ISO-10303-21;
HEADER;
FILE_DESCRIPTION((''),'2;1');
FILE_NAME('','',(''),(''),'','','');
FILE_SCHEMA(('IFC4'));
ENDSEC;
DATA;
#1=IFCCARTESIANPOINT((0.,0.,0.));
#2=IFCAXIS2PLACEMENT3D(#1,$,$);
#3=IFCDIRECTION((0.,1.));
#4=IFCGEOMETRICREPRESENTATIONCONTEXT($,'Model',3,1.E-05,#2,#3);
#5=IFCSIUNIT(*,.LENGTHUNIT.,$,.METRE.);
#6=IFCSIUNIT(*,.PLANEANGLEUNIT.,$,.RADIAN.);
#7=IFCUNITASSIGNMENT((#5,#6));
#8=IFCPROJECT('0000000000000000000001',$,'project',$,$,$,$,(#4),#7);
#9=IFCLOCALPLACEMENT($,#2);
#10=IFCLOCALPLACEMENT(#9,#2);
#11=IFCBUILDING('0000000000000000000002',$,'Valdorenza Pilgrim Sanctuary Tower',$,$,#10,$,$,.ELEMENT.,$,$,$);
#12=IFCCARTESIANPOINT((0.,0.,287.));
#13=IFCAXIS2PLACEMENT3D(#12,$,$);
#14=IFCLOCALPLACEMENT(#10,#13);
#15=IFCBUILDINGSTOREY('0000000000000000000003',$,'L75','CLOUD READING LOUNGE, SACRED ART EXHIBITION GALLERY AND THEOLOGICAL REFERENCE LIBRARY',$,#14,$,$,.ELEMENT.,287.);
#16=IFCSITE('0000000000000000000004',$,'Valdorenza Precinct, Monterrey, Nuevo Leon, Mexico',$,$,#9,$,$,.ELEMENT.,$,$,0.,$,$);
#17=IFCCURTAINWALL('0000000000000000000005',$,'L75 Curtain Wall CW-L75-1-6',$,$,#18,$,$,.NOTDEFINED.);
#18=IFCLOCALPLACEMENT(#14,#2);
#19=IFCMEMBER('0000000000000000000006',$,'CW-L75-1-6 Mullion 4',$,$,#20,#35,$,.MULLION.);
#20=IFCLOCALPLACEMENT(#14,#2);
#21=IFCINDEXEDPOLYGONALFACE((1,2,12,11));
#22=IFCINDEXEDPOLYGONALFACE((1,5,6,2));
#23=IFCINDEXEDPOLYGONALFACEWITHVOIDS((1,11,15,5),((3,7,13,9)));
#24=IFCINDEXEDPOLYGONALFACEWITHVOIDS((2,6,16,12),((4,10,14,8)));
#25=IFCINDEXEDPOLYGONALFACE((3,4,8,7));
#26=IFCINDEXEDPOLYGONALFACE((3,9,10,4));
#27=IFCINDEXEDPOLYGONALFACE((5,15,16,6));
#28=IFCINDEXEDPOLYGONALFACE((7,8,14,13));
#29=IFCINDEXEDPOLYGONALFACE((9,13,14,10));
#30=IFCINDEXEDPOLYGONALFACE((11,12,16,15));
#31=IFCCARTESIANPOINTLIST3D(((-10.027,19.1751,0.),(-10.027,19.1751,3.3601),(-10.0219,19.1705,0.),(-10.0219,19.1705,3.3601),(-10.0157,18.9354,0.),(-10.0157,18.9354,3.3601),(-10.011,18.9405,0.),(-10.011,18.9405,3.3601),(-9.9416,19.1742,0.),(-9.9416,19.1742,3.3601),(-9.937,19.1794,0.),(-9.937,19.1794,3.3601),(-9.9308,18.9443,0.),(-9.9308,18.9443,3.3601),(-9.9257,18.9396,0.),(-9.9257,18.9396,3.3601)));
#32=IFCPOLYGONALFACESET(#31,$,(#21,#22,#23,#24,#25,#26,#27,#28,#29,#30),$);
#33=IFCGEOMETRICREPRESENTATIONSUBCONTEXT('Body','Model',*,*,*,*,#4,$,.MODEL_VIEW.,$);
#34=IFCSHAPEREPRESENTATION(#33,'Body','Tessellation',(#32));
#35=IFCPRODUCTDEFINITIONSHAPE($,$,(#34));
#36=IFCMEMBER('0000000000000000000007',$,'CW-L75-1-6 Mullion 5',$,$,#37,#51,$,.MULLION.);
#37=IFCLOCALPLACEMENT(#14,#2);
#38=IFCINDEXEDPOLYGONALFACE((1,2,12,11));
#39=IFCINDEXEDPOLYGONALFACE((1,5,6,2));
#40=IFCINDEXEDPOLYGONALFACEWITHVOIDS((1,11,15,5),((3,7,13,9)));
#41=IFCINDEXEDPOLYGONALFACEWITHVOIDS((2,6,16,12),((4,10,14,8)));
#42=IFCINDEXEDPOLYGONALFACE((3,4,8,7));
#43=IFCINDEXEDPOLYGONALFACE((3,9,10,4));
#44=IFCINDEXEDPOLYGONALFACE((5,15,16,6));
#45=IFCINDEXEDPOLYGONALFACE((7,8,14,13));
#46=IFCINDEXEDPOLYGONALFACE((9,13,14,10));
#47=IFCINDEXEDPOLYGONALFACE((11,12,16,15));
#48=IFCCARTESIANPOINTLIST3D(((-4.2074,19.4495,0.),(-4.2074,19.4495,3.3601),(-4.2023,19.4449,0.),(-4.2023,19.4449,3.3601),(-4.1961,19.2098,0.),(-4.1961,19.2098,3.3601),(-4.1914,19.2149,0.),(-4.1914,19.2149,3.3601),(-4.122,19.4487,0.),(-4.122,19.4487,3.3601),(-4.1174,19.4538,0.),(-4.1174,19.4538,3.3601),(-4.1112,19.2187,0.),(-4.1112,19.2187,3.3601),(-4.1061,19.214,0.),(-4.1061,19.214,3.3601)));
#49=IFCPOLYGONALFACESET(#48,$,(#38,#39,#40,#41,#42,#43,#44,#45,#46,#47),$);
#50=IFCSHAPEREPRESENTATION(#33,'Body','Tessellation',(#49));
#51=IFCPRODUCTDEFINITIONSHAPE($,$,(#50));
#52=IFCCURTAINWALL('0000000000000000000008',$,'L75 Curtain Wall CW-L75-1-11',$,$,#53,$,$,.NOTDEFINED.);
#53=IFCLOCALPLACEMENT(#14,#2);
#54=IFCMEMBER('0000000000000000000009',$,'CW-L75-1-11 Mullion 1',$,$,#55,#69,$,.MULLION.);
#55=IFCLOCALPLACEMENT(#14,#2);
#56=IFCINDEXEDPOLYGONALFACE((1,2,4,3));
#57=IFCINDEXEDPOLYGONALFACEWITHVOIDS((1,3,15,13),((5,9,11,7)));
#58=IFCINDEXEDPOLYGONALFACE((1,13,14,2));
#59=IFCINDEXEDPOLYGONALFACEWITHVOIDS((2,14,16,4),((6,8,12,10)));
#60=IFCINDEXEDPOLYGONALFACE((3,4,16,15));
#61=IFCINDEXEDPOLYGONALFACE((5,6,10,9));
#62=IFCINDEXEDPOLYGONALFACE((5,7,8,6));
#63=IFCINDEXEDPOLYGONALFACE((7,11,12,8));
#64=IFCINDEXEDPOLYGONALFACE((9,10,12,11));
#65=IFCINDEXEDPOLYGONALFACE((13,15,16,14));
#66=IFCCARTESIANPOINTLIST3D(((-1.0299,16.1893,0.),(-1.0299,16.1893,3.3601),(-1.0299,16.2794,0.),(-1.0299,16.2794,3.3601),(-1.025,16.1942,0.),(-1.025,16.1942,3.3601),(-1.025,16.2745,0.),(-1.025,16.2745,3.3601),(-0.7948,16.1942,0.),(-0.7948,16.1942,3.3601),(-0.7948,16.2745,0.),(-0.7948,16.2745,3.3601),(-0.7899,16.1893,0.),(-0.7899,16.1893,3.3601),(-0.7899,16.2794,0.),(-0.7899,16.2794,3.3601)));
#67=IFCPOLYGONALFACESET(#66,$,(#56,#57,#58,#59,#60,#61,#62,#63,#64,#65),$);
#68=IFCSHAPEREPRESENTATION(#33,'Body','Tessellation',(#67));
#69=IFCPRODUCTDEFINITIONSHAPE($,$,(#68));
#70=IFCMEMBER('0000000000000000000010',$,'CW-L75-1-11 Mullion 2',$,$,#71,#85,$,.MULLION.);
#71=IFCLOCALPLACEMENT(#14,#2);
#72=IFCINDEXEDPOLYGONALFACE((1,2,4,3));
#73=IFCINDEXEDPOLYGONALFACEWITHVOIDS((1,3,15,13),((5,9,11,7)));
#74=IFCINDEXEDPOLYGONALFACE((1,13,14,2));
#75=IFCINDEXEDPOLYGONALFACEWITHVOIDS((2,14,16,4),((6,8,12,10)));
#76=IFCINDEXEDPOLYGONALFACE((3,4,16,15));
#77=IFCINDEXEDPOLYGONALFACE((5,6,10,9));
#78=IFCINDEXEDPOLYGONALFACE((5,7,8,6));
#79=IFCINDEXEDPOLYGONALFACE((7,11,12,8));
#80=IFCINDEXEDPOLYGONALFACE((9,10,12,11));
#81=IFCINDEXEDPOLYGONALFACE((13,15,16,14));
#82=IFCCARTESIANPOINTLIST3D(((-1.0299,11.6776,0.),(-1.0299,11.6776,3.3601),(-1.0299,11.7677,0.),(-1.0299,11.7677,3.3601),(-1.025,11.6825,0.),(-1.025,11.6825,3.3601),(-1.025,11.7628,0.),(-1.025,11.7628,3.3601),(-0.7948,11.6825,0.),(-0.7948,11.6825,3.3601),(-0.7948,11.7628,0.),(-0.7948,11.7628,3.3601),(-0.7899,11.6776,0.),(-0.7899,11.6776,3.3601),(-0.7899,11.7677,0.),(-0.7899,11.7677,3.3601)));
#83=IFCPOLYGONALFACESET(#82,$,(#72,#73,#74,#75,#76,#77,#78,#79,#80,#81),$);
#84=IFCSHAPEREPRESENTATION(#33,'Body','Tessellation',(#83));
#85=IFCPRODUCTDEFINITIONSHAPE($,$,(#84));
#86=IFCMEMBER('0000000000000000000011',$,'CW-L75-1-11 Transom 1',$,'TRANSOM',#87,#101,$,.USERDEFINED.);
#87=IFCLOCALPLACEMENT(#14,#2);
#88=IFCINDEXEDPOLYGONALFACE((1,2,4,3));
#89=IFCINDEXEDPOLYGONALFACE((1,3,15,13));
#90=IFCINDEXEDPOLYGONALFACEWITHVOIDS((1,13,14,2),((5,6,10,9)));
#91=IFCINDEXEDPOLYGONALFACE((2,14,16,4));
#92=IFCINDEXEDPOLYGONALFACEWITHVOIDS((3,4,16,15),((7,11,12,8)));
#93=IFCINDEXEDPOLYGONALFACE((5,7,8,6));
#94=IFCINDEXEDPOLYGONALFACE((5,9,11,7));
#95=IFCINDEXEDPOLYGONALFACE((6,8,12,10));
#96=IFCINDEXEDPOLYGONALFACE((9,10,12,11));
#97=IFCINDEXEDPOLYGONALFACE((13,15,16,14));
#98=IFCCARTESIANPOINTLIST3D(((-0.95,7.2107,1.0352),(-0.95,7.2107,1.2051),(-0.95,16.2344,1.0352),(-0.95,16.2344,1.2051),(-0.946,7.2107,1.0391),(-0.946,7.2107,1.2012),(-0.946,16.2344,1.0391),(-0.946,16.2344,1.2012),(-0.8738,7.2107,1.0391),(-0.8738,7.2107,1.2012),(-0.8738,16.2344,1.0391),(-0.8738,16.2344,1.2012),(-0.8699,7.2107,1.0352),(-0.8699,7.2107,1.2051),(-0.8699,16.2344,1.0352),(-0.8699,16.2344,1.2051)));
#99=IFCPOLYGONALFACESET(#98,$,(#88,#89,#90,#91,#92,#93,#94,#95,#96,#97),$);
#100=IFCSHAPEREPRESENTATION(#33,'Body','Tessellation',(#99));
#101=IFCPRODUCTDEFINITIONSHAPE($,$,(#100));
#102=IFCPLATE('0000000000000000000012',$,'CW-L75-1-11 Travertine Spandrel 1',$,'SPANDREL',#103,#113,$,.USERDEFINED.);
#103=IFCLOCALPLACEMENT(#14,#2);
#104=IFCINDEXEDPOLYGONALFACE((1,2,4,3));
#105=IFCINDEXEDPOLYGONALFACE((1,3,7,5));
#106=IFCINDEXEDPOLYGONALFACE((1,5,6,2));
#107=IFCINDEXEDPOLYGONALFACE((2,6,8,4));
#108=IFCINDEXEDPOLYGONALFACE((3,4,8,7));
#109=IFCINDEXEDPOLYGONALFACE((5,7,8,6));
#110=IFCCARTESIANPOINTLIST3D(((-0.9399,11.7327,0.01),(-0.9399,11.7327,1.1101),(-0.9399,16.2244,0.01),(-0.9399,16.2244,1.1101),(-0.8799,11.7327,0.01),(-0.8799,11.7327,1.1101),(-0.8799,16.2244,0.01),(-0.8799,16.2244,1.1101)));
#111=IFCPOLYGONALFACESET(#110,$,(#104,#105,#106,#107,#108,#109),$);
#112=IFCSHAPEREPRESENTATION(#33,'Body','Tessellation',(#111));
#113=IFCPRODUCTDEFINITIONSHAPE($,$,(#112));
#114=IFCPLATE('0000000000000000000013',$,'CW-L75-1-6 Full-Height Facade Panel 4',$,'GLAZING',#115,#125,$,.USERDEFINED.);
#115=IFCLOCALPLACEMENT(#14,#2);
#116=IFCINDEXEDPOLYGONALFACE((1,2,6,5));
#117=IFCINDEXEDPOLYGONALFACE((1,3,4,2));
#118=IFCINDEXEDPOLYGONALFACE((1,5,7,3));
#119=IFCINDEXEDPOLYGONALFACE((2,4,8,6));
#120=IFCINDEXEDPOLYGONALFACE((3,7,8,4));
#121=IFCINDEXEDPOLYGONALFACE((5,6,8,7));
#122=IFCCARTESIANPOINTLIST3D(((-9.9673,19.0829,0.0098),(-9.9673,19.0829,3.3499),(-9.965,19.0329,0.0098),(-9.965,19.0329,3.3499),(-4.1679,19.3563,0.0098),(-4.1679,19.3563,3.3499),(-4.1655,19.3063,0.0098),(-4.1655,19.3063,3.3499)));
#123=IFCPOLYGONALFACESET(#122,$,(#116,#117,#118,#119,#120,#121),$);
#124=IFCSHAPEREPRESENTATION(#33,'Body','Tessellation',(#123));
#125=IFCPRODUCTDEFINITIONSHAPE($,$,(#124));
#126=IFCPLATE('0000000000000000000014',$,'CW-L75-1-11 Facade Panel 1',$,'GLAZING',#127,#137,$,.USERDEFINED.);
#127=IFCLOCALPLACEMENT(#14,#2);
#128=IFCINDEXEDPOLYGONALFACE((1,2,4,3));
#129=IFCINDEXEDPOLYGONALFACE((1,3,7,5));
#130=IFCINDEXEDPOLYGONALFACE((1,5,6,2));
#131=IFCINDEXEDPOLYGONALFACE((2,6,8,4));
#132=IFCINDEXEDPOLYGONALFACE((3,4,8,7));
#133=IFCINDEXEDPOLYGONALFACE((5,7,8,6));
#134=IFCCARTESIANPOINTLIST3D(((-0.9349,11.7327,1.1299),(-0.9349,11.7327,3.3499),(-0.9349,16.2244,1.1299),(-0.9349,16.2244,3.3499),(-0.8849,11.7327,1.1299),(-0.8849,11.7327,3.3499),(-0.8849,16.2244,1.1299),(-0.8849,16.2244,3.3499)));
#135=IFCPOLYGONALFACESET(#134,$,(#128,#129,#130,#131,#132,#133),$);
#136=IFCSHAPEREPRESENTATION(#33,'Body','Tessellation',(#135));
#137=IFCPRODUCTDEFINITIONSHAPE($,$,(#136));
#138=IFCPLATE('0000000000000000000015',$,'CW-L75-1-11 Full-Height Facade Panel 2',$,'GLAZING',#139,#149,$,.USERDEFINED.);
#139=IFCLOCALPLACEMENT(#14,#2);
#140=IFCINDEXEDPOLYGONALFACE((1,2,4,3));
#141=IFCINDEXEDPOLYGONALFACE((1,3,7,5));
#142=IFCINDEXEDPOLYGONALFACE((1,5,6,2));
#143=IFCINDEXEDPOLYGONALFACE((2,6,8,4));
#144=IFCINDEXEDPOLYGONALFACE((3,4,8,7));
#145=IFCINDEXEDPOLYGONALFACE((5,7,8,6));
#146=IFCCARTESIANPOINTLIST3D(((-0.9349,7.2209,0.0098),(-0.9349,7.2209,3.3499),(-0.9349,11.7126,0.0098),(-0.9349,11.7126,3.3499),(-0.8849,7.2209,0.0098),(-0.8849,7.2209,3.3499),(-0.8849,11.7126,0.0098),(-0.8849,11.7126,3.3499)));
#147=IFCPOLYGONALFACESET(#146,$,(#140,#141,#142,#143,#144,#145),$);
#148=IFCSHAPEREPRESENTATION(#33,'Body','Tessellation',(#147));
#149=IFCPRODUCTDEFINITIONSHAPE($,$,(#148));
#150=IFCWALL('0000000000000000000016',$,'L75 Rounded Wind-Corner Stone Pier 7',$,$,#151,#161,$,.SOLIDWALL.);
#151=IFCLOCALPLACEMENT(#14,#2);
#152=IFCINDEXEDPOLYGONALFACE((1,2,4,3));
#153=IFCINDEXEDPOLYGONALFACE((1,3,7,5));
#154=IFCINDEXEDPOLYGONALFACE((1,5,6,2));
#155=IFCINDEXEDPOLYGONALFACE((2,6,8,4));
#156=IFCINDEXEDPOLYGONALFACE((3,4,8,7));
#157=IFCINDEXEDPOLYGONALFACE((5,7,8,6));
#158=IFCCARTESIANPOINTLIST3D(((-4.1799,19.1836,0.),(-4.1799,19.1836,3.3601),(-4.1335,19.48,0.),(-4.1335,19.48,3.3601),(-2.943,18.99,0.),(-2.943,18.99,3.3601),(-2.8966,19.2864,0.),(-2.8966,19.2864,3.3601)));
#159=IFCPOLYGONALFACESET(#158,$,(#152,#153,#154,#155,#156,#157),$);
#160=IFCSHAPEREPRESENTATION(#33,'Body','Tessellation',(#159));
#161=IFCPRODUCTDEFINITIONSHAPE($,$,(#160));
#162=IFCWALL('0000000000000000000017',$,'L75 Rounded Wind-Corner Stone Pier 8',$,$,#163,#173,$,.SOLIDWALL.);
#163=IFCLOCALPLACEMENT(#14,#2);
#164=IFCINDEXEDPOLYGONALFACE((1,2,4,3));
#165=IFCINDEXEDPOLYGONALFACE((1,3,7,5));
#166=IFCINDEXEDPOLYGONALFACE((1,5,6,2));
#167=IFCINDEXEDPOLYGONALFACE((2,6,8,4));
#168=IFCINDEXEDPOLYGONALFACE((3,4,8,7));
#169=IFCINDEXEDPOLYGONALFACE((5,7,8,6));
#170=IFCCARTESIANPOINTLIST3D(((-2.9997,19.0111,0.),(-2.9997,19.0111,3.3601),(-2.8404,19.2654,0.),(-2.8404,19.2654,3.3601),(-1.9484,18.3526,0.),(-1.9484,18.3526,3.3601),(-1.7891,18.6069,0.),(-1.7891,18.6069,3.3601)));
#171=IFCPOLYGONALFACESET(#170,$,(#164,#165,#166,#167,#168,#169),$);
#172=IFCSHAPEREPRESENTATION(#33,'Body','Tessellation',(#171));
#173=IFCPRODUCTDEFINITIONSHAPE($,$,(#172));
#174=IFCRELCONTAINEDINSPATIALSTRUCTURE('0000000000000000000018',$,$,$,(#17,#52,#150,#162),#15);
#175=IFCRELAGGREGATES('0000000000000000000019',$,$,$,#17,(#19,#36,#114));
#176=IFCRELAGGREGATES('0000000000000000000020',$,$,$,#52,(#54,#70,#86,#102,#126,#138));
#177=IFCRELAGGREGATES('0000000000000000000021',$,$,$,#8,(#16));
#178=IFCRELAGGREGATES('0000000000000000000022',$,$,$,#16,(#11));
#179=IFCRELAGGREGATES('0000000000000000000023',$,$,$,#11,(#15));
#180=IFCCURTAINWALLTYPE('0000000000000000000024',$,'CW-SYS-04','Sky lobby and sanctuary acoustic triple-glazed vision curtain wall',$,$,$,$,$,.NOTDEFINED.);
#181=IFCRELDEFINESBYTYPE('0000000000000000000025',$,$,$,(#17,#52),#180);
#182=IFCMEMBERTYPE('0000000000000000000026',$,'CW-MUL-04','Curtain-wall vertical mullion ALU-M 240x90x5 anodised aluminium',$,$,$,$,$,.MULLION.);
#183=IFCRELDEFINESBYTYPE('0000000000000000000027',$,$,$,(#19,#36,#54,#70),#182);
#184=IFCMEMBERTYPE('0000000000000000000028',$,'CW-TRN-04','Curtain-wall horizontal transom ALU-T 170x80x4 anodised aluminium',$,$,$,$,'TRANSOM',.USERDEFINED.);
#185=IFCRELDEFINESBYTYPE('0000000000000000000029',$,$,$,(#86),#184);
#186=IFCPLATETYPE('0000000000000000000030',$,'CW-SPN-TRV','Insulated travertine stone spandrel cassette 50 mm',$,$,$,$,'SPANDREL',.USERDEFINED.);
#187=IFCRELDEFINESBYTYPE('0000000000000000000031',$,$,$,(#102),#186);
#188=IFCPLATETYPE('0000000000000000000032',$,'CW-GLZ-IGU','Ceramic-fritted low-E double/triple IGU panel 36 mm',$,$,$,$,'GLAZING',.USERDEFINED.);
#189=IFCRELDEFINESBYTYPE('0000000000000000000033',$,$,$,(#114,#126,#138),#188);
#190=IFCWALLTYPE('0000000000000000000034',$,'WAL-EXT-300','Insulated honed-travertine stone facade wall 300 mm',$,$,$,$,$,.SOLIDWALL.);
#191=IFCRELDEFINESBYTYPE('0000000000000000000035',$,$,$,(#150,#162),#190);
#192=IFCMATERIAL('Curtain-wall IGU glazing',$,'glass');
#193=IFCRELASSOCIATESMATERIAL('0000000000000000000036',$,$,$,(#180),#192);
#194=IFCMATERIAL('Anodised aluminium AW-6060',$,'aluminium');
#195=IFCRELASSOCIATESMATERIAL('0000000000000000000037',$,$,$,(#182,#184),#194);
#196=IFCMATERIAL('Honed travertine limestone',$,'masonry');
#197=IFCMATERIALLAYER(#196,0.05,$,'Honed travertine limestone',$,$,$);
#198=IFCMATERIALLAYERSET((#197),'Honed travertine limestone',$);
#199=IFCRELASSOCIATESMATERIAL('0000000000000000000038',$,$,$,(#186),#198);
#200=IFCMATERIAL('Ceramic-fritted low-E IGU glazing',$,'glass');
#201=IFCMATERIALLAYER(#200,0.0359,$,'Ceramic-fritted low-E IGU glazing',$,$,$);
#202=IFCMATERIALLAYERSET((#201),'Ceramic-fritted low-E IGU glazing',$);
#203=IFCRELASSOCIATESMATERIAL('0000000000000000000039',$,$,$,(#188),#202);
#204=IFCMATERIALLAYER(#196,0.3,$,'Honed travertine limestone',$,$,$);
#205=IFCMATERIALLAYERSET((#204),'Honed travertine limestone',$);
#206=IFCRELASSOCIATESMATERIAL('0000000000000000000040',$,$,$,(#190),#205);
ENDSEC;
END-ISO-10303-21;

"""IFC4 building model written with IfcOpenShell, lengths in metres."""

from ifc_helpers import new_model, si_unit, direction, frame, frame_2d, origin, origin_2d, place, context, subcontext, project, spatial, rectangle, hollow_rectangle, extrude, source, transform, mapped, material, layer, layer_set, material_profile, profile_set, type_object, element, aggregate, save


model = new_model("IFC4")

# Units and contexts
model_context = context("Model", 3, precision=1e-05, world=origin(), true_north=direction((0.0, 1.0)))
body_context = subcontext(model_context, "Body", "Model", "MODEL_VIEW")
ifc_project = project(units=[si_unit("LENGTHUNIT", "METRE"), si_unit("PLANEANGLEUNIT", "RADIAN")], contexts=[model_context])

# Site, building, storey
site_placement = place(None, origin())
site = spatial("IfcSite", under=ifc_project, at=site_placement, Name="Valdorenza Precinct, Monterrey, Nuevo Leon, Mexico", CompositionType="ELEMENT", RefElevation=0.0)
building_placement = place(site_placement, origin())
building = spatial("IfcBuilding", under=site, at=building_placement, Name="Valdorenza Pilgrim Sanctuary Tower", CompositionType="ELEMENT")
storey_placement = place(building_placement, frame((0.0, 0.0, 287.0)))
storey = spatial("IfcBuildingStorey", under=building, at=storey_placement, Name="L75", Description="CLOUD READING LOUNGE, SACRED ART EXHIBITION GALLERY AND THEOLOGICAL REFERENCE LIBRARY", CompositionType="ELEMENT", Elevation=287.0)

# Curtain wall, members
ifc_material_1 = material(Name="Curtain-wall IGU glazing", Category="glass")
curtain_wall_type = type_object("IfcCurtainWallType", Name="CW-SYS-04", Description="Sky lobby and sanctuary acoustic triple-glazed vision curtain wall", PredefinedType="NOTDEFINED", material=ifc_material_1)
curtain_wall_1_placement = place(storey_placement, origin())
curtain_wall_1 = element("IfcCurtainWall", 1, at=curtain_wall_1_placement, inside=storey, type_object=curtain_wall_type, Name="L75 Curtain Wall CW-L75-1-6", PredefinedType="NOTDEFINED")
ifc_material_2 = material(Name="Anodised aluminium AW-6060", Category="aluminium")
ifc_material_profile_1 = material_profile(ifc_material_2, hollow_rectangle(XDim=0.0901, YDim=0.24, WallThickness=0.0049, at=origin_2d()), Name="ALU-M 240x90x5")
ifc_profile_set_1 = profile_set([ifc_material_profile_1], Name="Anodised aluminium AW-6060")
member_type_1 = type_object("IfcMemberType", Name="CW-MUL-04", Description="Curtain-wall vertical mullion ALU-M 240x90x5 anodised aluminium", PredefinedType="MULLION", material=ifc_profile_set_1)
shared_shape_1 = source(origin(), body_context, "Body", "SweptSolid", [
    extrude(hollow_rectangle(XDim=0.0901, YDim=0.24, WallThickness=0.0049, at=origin_2d()), origin(), (0.0, 0.0, 1.0), 3.3601),
])
member_1_placement = place(storey_placement, frame((-9.9763, 19.0574, 0.0), z_axis=(0.0, 0.0, 1.0), x_axis=(0.998891, 0.047089, 0.0)))
member_1 = element("IfcMember", 2, at=member_1_placement, type_object=member_type_1, Name="CW-L75-1-6 Mullion 4", PredefinedType="MULLION", context=body_context, shape_type="MappedRepresentation", body=[
    mapped(shared_shape_1, transform((0.0, 0.0, 0.0), x_axis=(1.0, 0.0, 0.0), y_axis=(0.0, 1.0, 0.0), z_axis=(0.0, 0.0, 1.0), scale=1.0)),
])
member_2_placement = place(storey_placement, frame((-4.1567, 19.3318, 0.0), z_axis=(0.0, 0.0, 1.0), x_axis=(0.998891, 0.047089, 0.0)))
member_2 = element("IfcMember", 3, at=member_2_placement, type_object=member_type_1, Name="CW-L75-1-6 Mullion 5", PredefinedType="MULLION", context=body_context, shape_type="MappedRepresentation", body=[
    mapped(shared_shape_1, transform((0.0, 0.0, 0.0), x_axis=(1.0, 0.0, 0.0), y_axis=(0.0, 1.0, 0.0), z_axis=(0.0, 0.0, 1.0), scale=1.0)),
])

# Curtain wall, members, plate
curtain_wall_2_placement = place(storey_placement, origin())
curtain_wall_2 = element("IfcCurtainWall", 4, at=curtain_wall_2_placement, inside=storey, type_object=curtain_wall_type, Name="L75 Curtain Wall CW-L75-1-11", PredefinedType="NOTDEFINED")
member_3_placement = place(storey_placement, frame((-0.9099, 16.2344, 0.0), z_axis=(0.0, 0.0, 1.0), x_axis=(0.0, -1.0, 0.0)))
member_3 = element("IfcMember", 5, at=member_3_placement, type_object=member_type_1, Name="CW-L75-1-11 Mullion 1", PredefinedType="MULLION", context=body_context, shape_type="MappedRepresentation", body=[
    mapped(shared_shape_1, transform((0.0, 0.0, 0.0), x_axis=(1.0, 0.0, 0.0), y_axis=(0.0, 1.0, 0.0), z_axis=(0.0, 0.0, 1.0), scale=1.0)),
])
member_4_placement = place(storey_placement, frame((-0.9099, 11.7227, 0.0), z_axis=(0.0, 0.0, 1.0), x_axis=(0.0, -1.0, 0.0)))
member_4 = element("IfcMember", 6, at=member_4_placement, type_object=member_type_1, Name="CW-L75-1-11 Mullion 2", PredefinedType="MULLION", context=body_context, shape_type="MappedRepresentation", body=[
    mapped(shared_shape_1, transform((0.0, 0.0, 0.0), x_axis=(1.0, 0.0, 0.0), y_axis=(0.0, 1.0, 0.0), z_axis=(0.0, 0.0, 1.0), scale=1.0)),
])
ifc_material_profile_2 = material_profile(ifc_material_2, hollow_rectangle(XDim=0.0801, YDim=0.1699, WallThickness=0.0039, at=origin_2d()), Name="ALU-T 170x80x4")
ifc_profile_set_2 = profile_set([ifc_material_profile_2], Name="Anodised aluminium AW-6060")
member_type_2 = type_object("IfcMemberType", Name="CW-TRN-04", Description="Curtain-wall horizontal transom ALU-T 170x80x4 anodised aluminium", ElementType="TRANSOM", PredefinedType="USERDEFINED", material=ifc_profile_set_2)
shared_shape_2 = source(origin(), body_context, "Body", "SweptSolid", [
    extrude(hollow_rectangle(XDim=0.0801, YDim=0.1699, WallThickness=0.0039, at=origin_2d()), origin(), (0.0, 0.0, 1.0), 9.0237),
])
member_5_placement = place(storey_placement, frame((-0.9099, 16.2344, 1.1201), z_axis=(0.0, -1.0, 0.0), x_axis=(1.0, 0.0, 0.0)))
member_5 = element("IfcMember", 7, at=member_5_placement, type_object=member_type_2, Name="CW-L75-1-11 Transom 1", ObjectType="TRANSOM", PredefinedType="USERDEFINED", context=body_context, shape_type="MappedRepresentation", body=[
    mapped(shared_shape_2, transform((0.0, 0.0, 0.0), x_axis=(1.0, 0.0, 0.0), y_axis=(0.0, 1.0, 0.0), z_axis=(0.0, 0.0, 1.0), scale=1.0)),
])
ifc_material_3 = material(Name="Honed travertine limestone", Category="masonry")
ifc_layer_1 = layer(ifc_material_3, 0.05, Name="Honed travertine limestone")
ifc_layer_set_1 = layer_set([ifc_layer_1], Name="Honed travertine limestone")
plate_type_1 = type_object("IfcPlateType", Name="CW-SPN-TRV", Description="Insulated travertine stone spandrel cassette 50 mm", ElementType="SPANDREL", PredefinedType="USERDEFINED", material=ifc_layer_set_1)
shared_shape_3 = source(origin(), body_context, "Body", "SweptSolid", [
    extrude(rectangle(XDim=4.4917, YDim=0.0601, at=origin_2d()), origin(), (0.0, 0.0, 1.0), 1.1001),
])
plate_1_placement = place(storey_placement, frame((-0.9099, 13.9785, 0.01), z_axis=(0.0, 0.0, 1.0), x_axis=(0.0, -1.0, 0.0)))
plate_1 = element("IfcPlate", 8, at=plate_1_placement, type_object=plate_type_1, Name="CW-L75-1-11 Travertine Spandrel 1", ObjectType="SPANDREL", PredefinedType="USERDEFINED", context=body_context, shape_type="MappedRepresentation", body=[
    mapped(shared_shape_3, transform((0.0, 0.0, 0.0), x_axis=(1.0, 0.0, 0.0), y_axis=(0.0, 1.0, 0.0), z_axis=(0.0, 0.0, 1.0), scale=1.0)),
])

# Plates
ifc_material_4 = material(Name="Ceramic-fritted low-E IGU glazing", Category="glass")
ifc_layer_2 = layer(ifc_material_4, 0.0359, Name="Ceramic-fritted low-E IGU glazing")
ifc_layer_set_2 = layer_set([ifc_layer_2], Name="Ceramic-fritted low-E IGU glazing")
plate_type_2 = type_object("IfcPlateType", Name="CW-GLZ-IGU", Description="Ceramic-fritted low-E double/triple IGU panel 36 mm", ElementType="GLAZING", PredefinedType="USERDEFINED", material=ifc_layer_set_2)
shared_shape_4 = source(origin(), body_context, "Body", "SweptSolid", [
    extrude(rectangle(XDim=5.8059, YDim=0.05, at=origin_2d()), origin(), (0.0, 0.0, 1.0), 3.3401),
])
plate_2_placement = place(storey_placement, frame((-7.0664, 19.1946, 0.0098), z_axis=(0.0, 0.0, 1.0), x_axis=(0.998891, 0.047089, 0.0)))
plate_2 = element("IfcPlate", 9, at=plate_2_placement, type_object=plate_type_2, Name="CW-L75-1-6 Full-Height Facade Panel 4", ObjectType="GLAZING", PredefinedType="USERDEFINED", context=body_context, shape_type="MappedRepresentation", body=[
    mapped(shared_shape_4, transform((0.0, 0.0, 0.0), x_axis=(1.0, 0.0, 0.0), y_axis=(0.0, 1.0, 0.0), z_axis=(0.0, 0.0, 1.0), scale=1.0)),
])
aggregate(curtain_wall_1, [member_1, member_2, plate_2])
shared_shape_5 = source(origin(), body_context, "Body", "SweptSolid", [
    extrude(rectangle(XDim=4.4917, YDim=0.05, at=origin_2d()), origin(), (0.0, 0.0, 1.0), 2.22),
])
plate_3_placement = place(storey_placement, frame((-0.9099, 13.9785, 1.1299), z_axis=(0.0, 0.0, 1.0), x_axis=(0.0, -1.0, 0.0)))
plate_3 = element("IfcPlate", 10, at=plate_3_placement, type_object=plate_type_2, Name="CW-L75-1-11 Facade Panel 1", ObjectType="GLAZING", PredefinedType="USERDEFINED", context=body_context, shape_type="MappedRepresentation", body=[
    mapped(shared_shape_5, transform((0.0, 0.0, 0.0), x_axis=(1.0, 0.0, 0.0), y_axis=(0.0, 1.0, 0.0), z_axis=(0.0, 0.0, 1.0), scale=1.0)),
])
shared_shape_6 = source(origin(), body_context, "Body", "SweptSolid", [
    extrude(rectangle(XDim=4.4917, YDim=0.05, at=origin_2d()), origin(), (0.0, 0.0, 1.0), 3.3401),
])
plate_4_placement = place(storey_placement, frame((-0.9099, 9.4668, 0.0098), z_axis=(0.0, 0.0, 1.0), x_axis=(0.0, -1.0, 0.0)))
plate_4 = element("IfcPlate", 11, at=plate_4_placement, type_object=plate_type_2, Name="CW-L75-1-11 Full-Height Facade Panel 2", ObjectType="GLAZING", PredefinedType="USERDEFINED", context=body_context, shape_type="MappedRepresentation", body=[
    mapped(shared_shape_6, transform((0.0, 0.0, 0.0), x_axis=(1.0, 0.0, 0.0), y_axis=(0.0, 1.0, 0.0), z_axis=(0.0, 0.0, 1.0), scale=1.0)),
])
aggregate(curtain_wall_2, [member_3, member_4, member_5, plate_1, plate_3, plate_4])

# Walls
ifc_layer_3 = layer(ifc_material_3, 0.3, Name="Honed travertine limestone")
ifc_layer_set_3 = layer_set([ifc_layer_3], Name="Honed travertine limestone")
wall_type_1 = type_object("IfcWallType", Name="WAL-EXT-300", Description="Insulated honed-travertine stone facade wall 300 mm", PredefinedType="SOLIDWALL", material=ifc_layer_set_3)
wall_1_placement = place(storey_placement, frame((-4.1567, 19.3318, 0.0), z_axis=(0.0, 0.0, 1.0), x_axis=(0.987969, -0.154651, 0.0)))
element("IfcWall", 12, at=wall_1_placement, inside=storey, type_object=wall_type_1, Name="L75 Rounded Wind-Corner Stone Pier 7", PredefinedType="SOLIDWALL", context=body_context, shape_type="SweptSolid", body=[
    extrude(rectangle(XDim=1.252, YDim=0.3, at=frame_2d((0.626, 0.0))), origin(), (0.0, 0.0, 1.0), 3.3601),
])
for number, where, z_axis, x_axis, name in (
    (13, (-2.9199, 19.1382, 0.0), (0.0, 0.0, 1.0), (0.847489, -0.530812, 0.0), "L75 Rounded Wind-Corner Stone Pier 8"),
):
    element("IfcWall", number, at=place(storey_placement, frame(where, z_axis=z_axis, x_axis=x_axis)), inside=storey, type_object=wall_type_1, Name=name, PredefinedType="SOLIDWALL", context=body_context, shape_type="SweptSolid", body=[
        extrude(rectangle(XDim=1.2405, YDim=0.3, at=frame_2d((0.6201, 0.0))), origin(), (0.0, 0.0, 1.0), 3.3601),
    ])

save(model, "model.ifc")
